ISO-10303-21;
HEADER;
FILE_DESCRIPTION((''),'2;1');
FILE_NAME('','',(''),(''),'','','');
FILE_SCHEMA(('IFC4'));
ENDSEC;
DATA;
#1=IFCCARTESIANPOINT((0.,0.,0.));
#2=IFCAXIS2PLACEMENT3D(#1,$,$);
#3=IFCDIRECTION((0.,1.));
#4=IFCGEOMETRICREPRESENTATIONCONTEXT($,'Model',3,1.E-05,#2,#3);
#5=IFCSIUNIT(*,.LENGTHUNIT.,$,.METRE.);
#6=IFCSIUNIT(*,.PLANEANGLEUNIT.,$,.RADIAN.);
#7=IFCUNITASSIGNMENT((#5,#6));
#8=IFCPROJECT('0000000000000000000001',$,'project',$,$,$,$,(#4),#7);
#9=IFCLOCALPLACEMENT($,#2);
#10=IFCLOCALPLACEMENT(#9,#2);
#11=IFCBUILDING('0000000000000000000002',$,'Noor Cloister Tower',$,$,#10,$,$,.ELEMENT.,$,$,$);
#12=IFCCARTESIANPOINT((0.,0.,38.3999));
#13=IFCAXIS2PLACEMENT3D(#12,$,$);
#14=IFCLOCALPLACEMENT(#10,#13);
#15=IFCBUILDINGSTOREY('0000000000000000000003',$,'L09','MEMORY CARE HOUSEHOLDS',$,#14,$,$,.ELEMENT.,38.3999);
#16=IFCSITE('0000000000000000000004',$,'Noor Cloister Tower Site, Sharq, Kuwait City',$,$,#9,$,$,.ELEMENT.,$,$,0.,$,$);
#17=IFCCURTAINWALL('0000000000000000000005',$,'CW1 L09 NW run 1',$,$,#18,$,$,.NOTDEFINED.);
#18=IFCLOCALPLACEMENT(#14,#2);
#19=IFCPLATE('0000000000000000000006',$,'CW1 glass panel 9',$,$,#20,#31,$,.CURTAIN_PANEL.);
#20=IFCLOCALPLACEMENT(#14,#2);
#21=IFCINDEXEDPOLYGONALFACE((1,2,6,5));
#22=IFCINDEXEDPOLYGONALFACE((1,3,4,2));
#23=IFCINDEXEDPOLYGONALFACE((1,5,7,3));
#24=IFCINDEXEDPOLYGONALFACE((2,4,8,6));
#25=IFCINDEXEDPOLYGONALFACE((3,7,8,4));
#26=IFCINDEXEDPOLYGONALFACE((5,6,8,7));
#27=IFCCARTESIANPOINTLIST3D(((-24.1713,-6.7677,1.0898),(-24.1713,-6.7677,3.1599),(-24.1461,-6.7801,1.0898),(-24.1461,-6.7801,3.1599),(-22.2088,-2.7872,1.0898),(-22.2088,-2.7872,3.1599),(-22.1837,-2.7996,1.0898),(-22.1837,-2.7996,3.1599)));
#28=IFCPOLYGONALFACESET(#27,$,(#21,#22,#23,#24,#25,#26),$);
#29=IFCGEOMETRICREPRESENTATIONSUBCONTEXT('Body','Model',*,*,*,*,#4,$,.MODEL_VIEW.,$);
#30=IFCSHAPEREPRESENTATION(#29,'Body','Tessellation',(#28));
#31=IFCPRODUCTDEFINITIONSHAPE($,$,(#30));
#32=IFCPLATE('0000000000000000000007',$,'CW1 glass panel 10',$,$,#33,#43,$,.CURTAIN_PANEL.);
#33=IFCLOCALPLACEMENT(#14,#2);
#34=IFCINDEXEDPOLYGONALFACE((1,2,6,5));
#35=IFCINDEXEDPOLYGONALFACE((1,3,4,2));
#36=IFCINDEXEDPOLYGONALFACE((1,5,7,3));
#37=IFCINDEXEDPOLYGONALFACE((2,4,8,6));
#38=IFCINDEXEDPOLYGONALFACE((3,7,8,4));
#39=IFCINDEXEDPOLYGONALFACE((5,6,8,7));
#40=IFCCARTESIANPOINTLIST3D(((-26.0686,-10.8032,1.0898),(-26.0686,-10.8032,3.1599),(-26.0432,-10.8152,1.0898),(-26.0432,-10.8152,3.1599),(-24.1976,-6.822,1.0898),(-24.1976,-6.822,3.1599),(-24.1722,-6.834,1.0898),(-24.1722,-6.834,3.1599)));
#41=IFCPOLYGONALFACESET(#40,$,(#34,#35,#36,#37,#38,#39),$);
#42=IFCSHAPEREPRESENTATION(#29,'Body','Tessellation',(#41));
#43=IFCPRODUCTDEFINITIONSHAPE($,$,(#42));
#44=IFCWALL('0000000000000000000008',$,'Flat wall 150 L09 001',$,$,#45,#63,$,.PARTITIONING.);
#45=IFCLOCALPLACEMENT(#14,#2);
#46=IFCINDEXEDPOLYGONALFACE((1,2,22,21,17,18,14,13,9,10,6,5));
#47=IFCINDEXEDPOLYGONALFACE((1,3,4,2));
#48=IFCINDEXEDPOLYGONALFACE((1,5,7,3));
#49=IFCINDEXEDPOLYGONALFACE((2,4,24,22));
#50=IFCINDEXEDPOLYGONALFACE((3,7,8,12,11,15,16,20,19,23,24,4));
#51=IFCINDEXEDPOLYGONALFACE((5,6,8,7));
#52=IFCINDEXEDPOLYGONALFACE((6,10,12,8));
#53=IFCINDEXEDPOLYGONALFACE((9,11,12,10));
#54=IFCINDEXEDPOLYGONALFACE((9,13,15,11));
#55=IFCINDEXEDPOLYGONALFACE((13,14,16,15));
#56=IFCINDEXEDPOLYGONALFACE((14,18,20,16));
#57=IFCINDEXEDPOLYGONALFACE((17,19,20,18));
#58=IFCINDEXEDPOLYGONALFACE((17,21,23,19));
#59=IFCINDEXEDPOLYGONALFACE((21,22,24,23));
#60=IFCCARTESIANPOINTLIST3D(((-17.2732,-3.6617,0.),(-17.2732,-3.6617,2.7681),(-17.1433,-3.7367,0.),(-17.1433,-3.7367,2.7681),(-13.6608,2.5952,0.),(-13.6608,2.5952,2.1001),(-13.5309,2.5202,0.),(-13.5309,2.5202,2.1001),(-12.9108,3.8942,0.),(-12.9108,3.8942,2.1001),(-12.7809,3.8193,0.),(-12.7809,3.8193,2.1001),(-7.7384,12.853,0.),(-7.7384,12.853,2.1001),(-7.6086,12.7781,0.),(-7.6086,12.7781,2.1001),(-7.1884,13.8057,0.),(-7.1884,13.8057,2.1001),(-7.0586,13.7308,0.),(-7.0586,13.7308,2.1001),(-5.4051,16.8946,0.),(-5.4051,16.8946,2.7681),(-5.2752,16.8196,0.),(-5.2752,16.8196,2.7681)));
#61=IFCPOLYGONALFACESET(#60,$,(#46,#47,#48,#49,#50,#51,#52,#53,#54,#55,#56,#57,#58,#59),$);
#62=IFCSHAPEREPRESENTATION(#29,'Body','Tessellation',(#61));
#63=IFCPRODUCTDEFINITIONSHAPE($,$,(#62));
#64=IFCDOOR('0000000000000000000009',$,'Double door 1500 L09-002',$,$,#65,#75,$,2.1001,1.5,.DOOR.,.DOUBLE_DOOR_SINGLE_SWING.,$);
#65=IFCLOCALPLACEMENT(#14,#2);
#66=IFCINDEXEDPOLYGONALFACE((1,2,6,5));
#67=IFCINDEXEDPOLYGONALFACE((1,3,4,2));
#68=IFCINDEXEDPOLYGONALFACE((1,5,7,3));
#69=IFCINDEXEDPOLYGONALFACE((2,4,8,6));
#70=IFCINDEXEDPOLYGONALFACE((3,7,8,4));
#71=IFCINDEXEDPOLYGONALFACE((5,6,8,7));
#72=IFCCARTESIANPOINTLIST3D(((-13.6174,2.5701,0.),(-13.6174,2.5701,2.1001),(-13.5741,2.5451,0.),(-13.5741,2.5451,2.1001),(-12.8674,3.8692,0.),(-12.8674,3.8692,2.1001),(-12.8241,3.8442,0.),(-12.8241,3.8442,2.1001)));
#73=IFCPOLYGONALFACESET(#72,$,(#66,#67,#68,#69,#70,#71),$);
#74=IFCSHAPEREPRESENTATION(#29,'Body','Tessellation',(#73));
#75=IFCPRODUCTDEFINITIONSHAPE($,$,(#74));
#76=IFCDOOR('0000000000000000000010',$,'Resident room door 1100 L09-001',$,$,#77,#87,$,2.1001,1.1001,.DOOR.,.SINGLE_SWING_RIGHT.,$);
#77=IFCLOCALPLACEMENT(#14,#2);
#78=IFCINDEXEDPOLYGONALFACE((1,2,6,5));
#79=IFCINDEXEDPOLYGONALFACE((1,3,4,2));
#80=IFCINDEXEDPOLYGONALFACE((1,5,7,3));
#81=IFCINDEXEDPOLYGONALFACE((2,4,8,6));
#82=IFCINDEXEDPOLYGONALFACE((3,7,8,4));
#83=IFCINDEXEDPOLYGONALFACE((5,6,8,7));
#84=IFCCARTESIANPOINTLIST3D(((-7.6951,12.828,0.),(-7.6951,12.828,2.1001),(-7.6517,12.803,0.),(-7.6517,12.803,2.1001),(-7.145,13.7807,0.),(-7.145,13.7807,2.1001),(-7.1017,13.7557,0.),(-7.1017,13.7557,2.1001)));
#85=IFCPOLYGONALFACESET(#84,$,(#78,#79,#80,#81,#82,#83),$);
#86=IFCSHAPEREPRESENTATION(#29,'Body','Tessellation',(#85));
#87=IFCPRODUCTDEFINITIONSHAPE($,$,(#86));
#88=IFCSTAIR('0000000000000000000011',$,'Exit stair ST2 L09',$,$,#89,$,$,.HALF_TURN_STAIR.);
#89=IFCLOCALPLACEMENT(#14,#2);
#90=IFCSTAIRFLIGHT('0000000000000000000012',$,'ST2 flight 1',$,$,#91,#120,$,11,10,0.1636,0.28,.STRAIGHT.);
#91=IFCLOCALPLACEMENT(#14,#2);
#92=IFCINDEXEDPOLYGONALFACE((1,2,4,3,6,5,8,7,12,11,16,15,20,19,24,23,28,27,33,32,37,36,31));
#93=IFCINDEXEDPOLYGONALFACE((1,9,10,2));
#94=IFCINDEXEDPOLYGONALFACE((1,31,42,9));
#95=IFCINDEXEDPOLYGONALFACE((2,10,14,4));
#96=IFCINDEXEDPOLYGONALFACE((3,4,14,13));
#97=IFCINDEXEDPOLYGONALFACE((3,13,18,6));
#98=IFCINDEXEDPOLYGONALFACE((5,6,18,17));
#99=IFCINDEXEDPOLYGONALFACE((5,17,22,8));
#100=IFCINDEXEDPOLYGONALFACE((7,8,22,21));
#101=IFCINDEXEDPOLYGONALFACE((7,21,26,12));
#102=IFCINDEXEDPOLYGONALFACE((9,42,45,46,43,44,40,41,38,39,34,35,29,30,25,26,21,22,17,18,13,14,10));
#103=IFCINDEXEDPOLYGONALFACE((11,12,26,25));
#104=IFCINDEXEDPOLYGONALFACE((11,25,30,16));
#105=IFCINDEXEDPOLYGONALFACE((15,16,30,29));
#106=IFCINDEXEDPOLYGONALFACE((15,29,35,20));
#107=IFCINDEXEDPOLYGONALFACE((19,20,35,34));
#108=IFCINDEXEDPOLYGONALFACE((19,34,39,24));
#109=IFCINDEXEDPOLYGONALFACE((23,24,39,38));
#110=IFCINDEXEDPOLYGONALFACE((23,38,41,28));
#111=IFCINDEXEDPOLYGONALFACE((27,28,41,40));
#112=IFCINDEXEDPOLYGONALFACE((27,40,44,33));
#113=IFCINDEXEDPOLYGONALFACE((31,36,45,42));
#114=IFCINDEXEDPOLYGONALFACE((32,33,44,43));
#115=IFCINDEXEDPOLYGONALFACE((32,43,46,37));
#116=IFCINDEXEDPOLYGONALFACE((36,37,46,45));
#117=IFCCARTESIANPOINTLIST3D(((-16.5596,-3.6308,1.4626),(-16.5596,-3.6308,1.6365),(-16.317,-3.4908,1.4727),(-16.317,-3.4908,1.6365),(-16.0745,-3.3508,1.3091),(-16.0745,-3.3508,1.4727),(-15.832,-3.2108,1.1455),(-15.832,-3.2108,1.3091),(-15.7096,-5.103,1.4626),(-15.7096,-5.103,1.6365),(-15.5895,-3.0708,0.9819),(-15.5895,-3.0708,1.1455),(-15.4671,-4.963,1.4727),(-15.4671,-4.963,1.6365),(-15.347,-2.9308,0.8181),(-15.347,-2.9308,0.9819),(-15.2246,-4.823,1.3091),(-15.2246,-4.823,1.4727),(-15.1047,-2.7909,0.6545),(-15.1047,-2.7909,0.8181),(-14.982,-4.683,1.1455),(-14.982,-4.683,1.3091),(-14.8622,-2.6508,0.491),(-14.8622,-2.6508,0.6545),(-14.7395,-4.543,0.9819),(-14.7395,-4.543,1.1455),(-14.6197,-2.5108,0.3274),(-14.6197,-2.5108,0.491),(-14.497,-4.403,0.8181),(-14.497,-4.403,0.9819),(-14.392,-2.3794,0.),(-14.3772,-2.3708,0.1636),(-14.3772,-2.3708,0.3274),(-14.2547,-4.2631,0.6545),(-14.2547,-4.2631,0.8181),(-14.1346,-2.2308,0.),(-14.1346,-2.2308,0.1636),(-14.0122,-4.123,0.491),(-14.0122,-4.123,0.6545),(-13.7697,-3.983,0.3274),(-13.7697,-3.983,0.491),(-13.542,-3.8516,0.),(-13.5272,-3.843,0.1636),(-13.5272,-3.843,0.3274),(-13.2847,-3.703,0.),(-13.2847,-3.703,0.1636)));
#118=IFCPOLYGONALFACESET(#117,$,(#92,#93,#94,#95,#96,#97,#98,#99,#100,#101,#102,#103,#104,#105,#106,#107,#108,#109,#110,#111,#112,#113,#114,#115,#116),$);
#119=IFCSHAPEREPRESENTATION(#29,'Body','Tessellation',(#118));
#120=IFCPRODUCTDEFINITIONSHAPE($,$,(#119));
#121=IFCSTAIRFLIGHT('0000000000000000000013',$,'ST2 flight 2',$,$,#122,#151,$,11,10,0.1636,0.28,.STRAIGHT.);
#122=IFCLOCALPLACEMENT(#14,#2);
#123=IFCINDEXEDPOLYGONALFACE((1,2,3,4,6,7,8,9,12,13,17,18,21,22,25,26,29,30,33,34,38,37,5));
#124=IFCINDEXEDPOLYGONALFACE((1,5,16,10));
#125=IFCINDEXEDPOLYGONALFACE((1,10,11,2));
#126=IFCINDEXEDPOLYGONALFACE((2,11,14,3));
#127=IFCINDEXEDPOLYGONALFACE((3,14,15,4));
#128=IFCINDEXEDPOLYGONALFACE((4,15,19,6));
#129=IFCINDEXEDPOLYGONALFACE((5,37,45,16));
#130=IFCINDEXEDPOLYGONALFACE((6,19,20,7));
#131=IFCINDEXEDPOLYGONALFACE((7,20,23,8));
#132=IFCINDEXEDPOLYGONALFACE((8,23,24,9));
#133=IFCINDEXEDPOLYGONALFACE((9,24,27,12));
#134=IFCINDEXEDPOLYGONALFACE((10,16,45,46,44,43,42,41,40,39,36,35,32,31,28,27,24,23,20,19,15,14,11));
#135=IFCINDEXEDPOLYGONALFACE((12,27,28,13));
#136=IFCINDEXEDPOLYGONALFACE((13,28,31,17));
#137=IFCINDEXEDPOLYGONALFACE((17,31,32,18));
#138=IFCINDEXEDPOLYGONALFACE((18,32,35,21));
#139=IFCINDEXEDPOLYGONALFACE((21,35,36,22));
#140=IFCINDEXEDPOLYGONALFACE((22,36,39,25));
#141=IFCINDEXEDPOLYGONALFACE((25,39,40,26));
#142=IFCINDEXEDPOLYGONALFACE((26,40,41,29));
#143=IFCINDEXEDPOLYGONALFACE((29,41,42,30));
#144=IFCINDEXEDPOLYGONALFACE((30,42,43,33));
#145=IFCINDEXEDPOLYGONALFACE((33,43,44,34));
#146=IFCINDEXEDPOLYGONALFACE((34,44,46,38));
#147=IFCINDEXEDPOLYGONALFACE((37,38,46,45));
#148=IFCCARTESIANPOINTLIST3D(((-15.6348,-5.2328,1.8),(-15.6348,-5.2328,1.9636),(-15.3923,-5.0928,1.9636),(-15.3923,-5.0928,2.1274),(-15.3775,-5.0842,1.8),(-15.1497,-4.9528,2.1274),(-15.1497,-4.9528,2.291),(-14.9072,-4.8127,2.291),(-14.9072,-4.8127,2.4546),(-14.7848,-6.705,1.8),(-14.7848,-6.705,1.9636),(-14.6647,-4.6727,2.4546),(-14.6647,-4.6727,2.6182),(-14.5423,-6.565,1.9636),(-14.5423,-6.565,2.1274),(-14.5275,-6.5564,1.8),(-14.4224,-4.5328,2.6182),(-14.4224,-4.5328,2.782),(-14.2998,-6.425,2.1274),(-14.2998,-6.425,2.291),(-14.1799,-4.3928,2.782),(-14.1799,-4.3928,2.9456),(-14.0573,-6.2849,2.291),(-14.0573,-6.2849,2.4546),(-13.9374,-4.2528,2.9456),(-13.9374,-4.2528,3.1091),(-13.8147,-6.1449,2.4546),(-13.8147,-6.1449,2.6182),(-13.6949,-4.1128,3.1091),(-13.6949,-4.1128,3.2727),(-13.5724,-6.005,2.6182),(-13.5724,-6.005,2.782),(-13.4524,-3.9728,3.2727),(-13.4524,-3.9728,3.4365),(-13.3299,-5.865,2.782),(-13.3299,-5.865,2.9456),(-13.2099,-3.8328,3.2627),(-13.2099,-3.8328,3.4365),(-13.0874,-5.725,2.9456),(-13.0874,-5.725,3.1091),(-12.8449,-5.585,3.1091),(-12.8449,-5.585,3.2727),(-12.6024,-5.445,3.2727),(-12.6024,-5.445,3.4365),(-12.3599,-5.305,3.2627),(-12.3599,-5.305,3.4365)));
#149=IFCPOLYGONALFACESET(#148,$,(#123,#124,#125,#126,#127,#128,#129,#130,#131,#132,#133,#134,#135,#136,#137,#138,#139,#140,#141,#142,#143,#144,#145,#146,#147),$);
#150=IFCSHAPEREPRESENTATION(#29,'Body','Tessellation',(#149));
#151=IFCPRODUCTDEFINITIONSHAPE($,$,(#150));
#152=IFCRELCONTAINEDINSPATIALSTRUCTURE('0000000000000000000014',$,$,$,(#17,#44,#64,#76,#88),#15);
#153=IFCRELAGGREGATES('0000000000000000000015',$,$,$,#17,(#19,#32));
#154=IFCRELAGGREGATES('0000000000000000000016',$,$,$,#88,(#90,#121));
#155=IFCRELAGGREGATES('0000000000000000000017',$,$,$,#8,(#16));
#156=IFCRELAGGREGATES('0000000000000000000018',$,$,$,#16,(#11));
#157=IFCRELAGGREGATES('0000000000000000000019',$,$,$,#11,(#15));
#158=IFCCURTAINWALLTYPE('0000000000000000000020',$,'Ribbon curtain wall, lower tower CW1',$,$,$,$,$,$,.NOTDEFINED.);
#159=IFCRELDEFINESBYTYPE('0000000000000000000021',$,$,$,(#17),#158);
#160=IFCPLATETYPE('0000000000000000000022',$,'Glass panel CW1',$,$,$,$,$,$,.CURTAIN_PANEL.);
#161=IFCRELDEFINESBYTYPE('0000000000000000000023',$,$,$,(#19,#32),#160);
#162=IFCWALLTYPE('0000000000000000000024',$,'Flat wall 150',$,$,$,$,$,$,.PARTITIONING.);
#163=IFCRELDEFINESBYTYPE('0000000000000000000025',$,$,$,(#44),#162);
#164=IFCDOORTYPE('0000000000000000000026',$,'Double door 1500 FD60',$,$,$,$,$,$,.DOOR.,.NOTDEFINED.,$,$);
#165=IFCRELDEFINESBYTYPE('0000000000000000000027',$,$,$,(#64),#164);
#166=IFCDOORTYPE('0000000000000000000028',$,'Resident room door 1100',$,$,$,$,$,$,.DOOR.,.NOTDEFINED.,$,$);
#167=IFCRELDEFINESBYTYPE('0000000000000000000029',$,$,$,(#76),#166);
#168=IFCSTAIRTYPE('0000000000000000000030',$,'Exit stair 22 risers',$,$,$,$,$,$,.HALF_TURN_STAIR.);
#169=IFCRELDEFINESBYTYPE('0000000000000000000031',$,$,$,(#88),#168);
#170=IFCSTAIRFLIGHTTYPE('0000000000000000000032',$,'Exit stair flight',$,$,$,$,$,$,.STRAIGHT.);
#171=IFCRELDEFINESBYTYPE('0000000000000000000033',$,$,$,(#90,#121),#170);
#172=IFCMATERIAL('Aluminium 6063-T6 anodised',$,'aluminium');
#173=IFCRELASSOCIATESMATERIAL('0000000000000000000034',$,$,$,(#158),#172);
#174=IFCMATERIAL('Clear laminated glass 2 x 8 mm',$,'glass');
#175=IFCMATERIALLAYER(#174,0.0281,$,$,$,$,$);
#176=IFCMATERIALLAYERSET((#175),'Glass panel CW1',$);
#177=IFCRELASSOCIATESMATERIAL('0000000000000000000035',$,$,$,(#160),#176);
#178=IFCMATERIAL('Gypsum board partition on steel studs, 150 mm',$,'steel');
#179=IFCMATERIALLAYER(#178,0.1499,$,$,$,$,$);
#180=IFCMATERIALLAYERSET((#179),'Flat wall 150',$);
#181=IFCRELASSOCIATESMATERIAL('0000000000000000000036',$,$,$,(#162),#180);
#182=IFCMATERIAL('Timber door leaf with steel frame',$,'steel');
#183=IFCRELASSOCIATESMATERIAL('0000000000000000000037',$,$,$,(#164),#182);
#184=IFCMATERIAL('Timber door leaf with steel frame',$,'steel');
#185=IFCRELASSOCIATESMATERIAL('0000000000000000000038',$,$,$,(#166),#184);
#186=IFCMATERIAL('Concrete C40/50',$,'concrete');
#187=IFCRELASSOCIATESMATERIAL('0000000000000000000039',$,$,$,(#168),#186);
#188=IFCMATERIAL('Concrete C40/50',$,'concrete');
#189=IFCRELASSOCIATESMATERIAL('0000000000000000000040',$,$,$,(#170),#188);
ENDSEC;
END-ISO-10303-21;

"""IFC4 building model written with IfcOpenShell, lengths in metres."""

from ifc_helpers import new_model, si_unit, direction, frame, frame_2d, origin, origin_2d, place, context, subcontext, project, spatial, polyline, rectangle, outline, extrude, material, layer, layer_set, type_object, element, fill, aggregate, save


model = new_model("IFC4")

# Units and contexts
model_context = context("Model", 3, precision=1e-05, world=origin(), true_north=direction((0.0, 1.0)))
body_context = subcontext(model_context, "Body", "Model", "MODEL_VIEW")
ifc_project = project(units=[si_unit("LENGTHUNIT", "METRE"), si_unit("PLANEANGLEUNIT", "RADIAN")], contexts=[model_context])

# Site, building, storey
site_placement = place(None, origin())
site = spatial("IfcSite", under=ifc_project, at=site_placement, Name="Noor Cloister Tower Site, Sharq, Kuwait City", CompositionType="ELEMENT", RefElevation=0.0)
building_placement = place(site_placement, origin())
building = spatial("IfcBuilding", under=site, at=building_placement, Name="Noor Cloister Tower", CompositionType="ELEMENT")
storey_placement = place(building_placement, frame((0.0, 0.0, 38.3999)))
storey = spatial("IfcBuildingStorey", under=building, at=storey_placement, Name="L09", Description="MEMORY CARE HOUSEHOLDS", CompositionType="ELEMENT", Elevation=38.3999)

# Curtain wall
ifc_material_1 = material(Name="Aluminium 6063-T6 anodised", Category="aluminium")
curtain_wall_type = type_object("IfcCurtainWallType", Name="Ribbon curtain wall, lower tower CW1", PredefinedType="NOTDEFINED", material=ifc_material_1)
curtain_wall_placement = place(storey_placement, origin())
curtain_wall = element("IfcCurtainWall", 1, at=curtain_wall_placement, inside=storey, type_object=curtain_wall_type, Name="CW1 L09 NW run 1", PredefinedType="NOTDEFINED")

# Plates
ifc_material_2 = material(Name="Clear laminated glass 2 x 8 mm", Category="glass")
ifc_layer_1 = layer(ifc_material_2, 0.0281)
ifc_layer_set_1 = layer_set([ifc_layer_1], Name="Glass panel CW1")
plate_type = type_object("IfcPlateType", Name="Glass panel CW1", PredefinedType="CURTAIN_PANEL", material=ifc_layer_set_1)
plate_1_placement = place(storey_placement, frame((-23.1775, -4.7837, 1.0898), z_axis=(0.0, 0.0, 1.0), x_axis=(-0.442202, -0.896915, 0.0)))
plate_1 = element("IfcPlate", 2, at=plate_1_placement, type_object=plate_type, Name="CW1 glass panel 9", PredefinedType="CURTAIN_PANEL", context=body_context, shape_type="SweptSolid", body=[
    extrude(rectangle(XDim=4.438, YDim=0.0281, at=origin_2d()), origin(), (0.0, 0.0, 1.0), 2.0701),
])
plate_2_placement = place(storey_placement, frame((-25.1204, -8.8186, 1.0898), z_axis=(0.0, 0.0, 1.0), x_axis=(-0.425329, -0.905039, 0.0)))
plate_2 = element("IfcPlate", 3, at=plate_2_placement, type_object=plate_type, Name="CW1 glass panel 10", PredefinedType="CURTAIN_PANEL", context=body_context, shape_type="SweptSolid", body=[
    extrude(rectangle(XDim=4.3989, YDim=0.0281, at=origin_2d()), origin(), (0.0, 0.0, 1.0), 2.0701),
])
aggregate(curtain_wall, [plate_1, plate_2])

# Wall, openings, doors
ifc_material_3 = material(Name="Gypsum board partition on steel studs, 150 mm", Category="steel")
ifc_layer_2 = layer(ifc_material_3, 0.1499)
ifc_layer_set_2 = layer_set([ifc_layer_2], Name="Flat wall 150")
wall_type = type_object("IfcWallType", Name="Flat wall 150", PredefinedType="PARTITIONING", material=ifc_layer_set_2)
wall_placement = place(storey_placement, frame((-17.2083, -3.6992, 0.0), z_axis=(0.0, 0.0, 1.0), x_axis=(0.499998, 0.866027, 0.0)))
wall = element("IfcWall", 4, at=wall_placement, inside=storey, type_object=wall_type, Name="Flat wall 150 L09 001", PredefinedType="PARTITIONING", context=body_context, shape_type="SweptSolid", body=[
    extrude(rectangle(XDim=23.7363, YDim=0.1499, at=frame_2d((11.8682, 0.0))), origin(), (0.0, 0.0, 1.0), 2.7681),
])
opening_1_placement = place(wall_placement, frame((19.0696, 0.0, 0.0)))
opening_1 = element("IfcOpeningElement", 5, at=opening_1_placement, cuts=wall, PredefinedType="OPENING", context=body_context, shape_type="SweptSolid", body=[
    extrude(rectangle(XDim=1.1001, YDim=2.1001, at=frame_2d((0.55, 1.05))), frame((0.0, 0.085, 0.0), z_axis=(0.0, -1.0, 0.0), x_axis=(1.0, 0.0, 0.0)), (0.0, 0.0, 1.0), 0.1699),
])
opening_2_placement = place(wall_placement, frame((7.2249, 0.0, 0.0)))
opening_2 = element("IfcOpeningElement", 6, at=opening_2_placement, cuts=wall, PredefinedType="OPENING", context=body_context, shape_type="SweptSolid", body=[
    extrude(rectangle(XDim=1.5, YDim=2.1001, at=frame_2d((0.75, 1.05))), frame((0.0, 0.085, 0.0), z_axis=(0.0, -1.0, 0.0), x_axis=(1.0, 0.0, 0.0)), (0.0, 0.0, 1.0), 0.1699),
])
ifc_material_4 = material(Name="Timber door leaf with steel frame", Category="steel")
door_type_1 = type_object("IfcDoorType", Name="Double door 1500 FD60", OperationType="NOTDEFINED", PredefinedType="DOOR", material=ifc_material_4)
door_1_placement = place(opening_2_placement, origin())
door_1 = element("IfcDoor", 7, at=door_1_placement, inside=storey, type_object=door_type_1, Name="Double door 1500 L09-002", OperationType="DOUBLE_DOOR_SINGLE_SWING", OverallHeight=2.1001, OverallWidth=1.5, PredefinedType="DOOR", context=body_context, shape_type="SweptSolid", body=[
    extrude(rectangle(XDim=1.5, YDim=2.1001, at=frame_2d((0.75, 1.05))), frame((0.0, 0.0249, 0.0), z_axis=(0.0, -1.0, 0.0), x_axis=(1.0, 0.0, 0.0)), (0.0, 0.0, 1.0), 0.05),
])
fill(opening_2, door_1)
ifc_material_5 = material(Name="Timber door leaf with steel frame", Category="steel")
door_type_2 = type_object("IfcDoorType", Name="Resident room door 1100", OperationType="NOTDEFINED", PredefinedType="DOOR", material=ifc_material_5)
door_2_placement = place(opening_1_placement, origin())
door_2 = element("IfcDoor", 8, at=door_2_placement, inside=storey, type_object=door_type_2, Name="Resident room door 1100 L09-001", OperationType="SINGLE_SWING_RIGHT", OverallHeight=2.1001, OverallWidth=1.1001, PredefinedType="DOOR", context=body_context, shape_type="SweptSolid", body=[
    extrude(rectangle(XDim=1.1001, YDim=2.1001, at=frame_2d((0.55, 1.05))), frame((0.0, 0.0249, 0.0), z_axis=(0.0, -1.0, 0.0), x_axis=(1.0, 0.0, 0.0)), (0.0, 0.0, 1.0), 0.05),
])
fill(opening_1, door_2)

# Stair, stair flights
ifc_material_6 = material(Name="Concrete C40/50", Category="concrete")
stair_type = type_object("IfcStairType", Name="Exit stair 22 risers", PredefinedType="HALF_TURN_STAIR", material=ifc_material_6)
stair_placement = place(storey_placement, origin())
stair = element("IfcStair", 9, at=stair_placement, inside=storey, type_object=stair_type, Name="Exit stair ST2 L09", PredefinedType="HALF_TURN_STAIR")
ifc_material_7 = material(Name="Concrete C40/50", Category="concrete")
stair_flight_type = type_object("IfcStairFlightType", Name="Exit stair flight", PredefinedType="STRAIGHT", material=ifc_material_7)
stair_flight_1_placement = place(storey_placement, frame((-13.7097, -2.9668, 0.0), z_axis=(0.0, 0.0, 1.0), x_axis=(-0.866025, -0.5, 0.0)))
stair_flight_1 = element("IfcStairFlight", 10, at=stair_flight_1_placement, type_object=stair_flight_type, Name="ST2 flight 1", NumberOfRisers=11, NumberOfTreads=10, PredefinedType="STRAIGHT", RiserHeight=0.1636, TreadLength=0.28, context=body_context, shape_type="SweptSolid", body=[
    extrude(outline(polyline([(0.0, 0.0), (0.0, 0.1636), (0.28, 0.1636), (0.28, 0.3274), (0.5601, 0.3274), (0.5601, 0.491), (0.8401, 0.491), (0.8401, 0.6545), (1.1201, 0.6545), (1.1201, 0.8181), (1.3999, 0.8181), (1.3999, 0.9819), (1.6799, 0.9819), (1.6799, 1.1455), (1.96, 1.1455), (1.96, 1.3091), (2.24, 1.3091), (2.24, 1.4727), (2.52, 1.4727), (2.52, 1.6365), (2.8, 1.6365), (2.8, 1.8), (2.8, 1.4626), (0.2971, 0.0), (0.0, 0.0)])), frame((0.0, 0.8501, 0.0), z_axis=(0.0, -1.0, 0.0), x_axis=(1.0, 0.0, 0.0)), (0.0, 0.0, 1.0), 1.7),
])
stair_flight_2_placement = place(storey_placement, frame((-15.2097, -5.969, 1.8), z_axis=(0.0, 0.0, 1.0), x_axis=(0.866025, 0.5, 0.0)))
stair_flight_2 = element("IfcStairFlight", 11, at=stair_flight_2_placement, type_object=stair_flight_type, Name="ST2 flight 2", NumberOfRisers=11, NumberOfTreads=10, PredefinedType="STRAIGHT", RiserHeight=0.1636, TreadLength=0.28, context=body_context, shape_type="SweptSolid", body=[
    extrude(outline(polyline([(0.0, 0.0), (0.0, 0.1636), (0.28, 0.1636), (0.28, 0.3274), (0.5601, 0.3274), (0.5601, 0.491), (0.8401, 0.491), (0.8401, 0.6545), (1.1201, 0.6545), (1.1201, 0.8181), (1.3999, 0.8181), (1.3999, 0.9819), (1.6799, 0.9819), (1.6799, 1.1455), (1.96, 1.1455), (1.96, 1.3091), (2.24, 1.3091), (2.24, 1.4727), (2.52, 1.4727), (2.52, 1.6365), (2.8, 1.6365), (2.8, 1.8), (2.8, 1.4626), (0.2971, 0.0), (0.0, 0.0)])), frame((0.0, 0.8501, 0.0), z_axis=(0.0, -1.0, 0.0), x_axis=(1.0, 0.0, 0.0)), (0.0, 0.0, 1.0), 1.7),
])
aggregate(stair, [stair_flight_1, stair_flight_2])

save(model, "model.ifc")
